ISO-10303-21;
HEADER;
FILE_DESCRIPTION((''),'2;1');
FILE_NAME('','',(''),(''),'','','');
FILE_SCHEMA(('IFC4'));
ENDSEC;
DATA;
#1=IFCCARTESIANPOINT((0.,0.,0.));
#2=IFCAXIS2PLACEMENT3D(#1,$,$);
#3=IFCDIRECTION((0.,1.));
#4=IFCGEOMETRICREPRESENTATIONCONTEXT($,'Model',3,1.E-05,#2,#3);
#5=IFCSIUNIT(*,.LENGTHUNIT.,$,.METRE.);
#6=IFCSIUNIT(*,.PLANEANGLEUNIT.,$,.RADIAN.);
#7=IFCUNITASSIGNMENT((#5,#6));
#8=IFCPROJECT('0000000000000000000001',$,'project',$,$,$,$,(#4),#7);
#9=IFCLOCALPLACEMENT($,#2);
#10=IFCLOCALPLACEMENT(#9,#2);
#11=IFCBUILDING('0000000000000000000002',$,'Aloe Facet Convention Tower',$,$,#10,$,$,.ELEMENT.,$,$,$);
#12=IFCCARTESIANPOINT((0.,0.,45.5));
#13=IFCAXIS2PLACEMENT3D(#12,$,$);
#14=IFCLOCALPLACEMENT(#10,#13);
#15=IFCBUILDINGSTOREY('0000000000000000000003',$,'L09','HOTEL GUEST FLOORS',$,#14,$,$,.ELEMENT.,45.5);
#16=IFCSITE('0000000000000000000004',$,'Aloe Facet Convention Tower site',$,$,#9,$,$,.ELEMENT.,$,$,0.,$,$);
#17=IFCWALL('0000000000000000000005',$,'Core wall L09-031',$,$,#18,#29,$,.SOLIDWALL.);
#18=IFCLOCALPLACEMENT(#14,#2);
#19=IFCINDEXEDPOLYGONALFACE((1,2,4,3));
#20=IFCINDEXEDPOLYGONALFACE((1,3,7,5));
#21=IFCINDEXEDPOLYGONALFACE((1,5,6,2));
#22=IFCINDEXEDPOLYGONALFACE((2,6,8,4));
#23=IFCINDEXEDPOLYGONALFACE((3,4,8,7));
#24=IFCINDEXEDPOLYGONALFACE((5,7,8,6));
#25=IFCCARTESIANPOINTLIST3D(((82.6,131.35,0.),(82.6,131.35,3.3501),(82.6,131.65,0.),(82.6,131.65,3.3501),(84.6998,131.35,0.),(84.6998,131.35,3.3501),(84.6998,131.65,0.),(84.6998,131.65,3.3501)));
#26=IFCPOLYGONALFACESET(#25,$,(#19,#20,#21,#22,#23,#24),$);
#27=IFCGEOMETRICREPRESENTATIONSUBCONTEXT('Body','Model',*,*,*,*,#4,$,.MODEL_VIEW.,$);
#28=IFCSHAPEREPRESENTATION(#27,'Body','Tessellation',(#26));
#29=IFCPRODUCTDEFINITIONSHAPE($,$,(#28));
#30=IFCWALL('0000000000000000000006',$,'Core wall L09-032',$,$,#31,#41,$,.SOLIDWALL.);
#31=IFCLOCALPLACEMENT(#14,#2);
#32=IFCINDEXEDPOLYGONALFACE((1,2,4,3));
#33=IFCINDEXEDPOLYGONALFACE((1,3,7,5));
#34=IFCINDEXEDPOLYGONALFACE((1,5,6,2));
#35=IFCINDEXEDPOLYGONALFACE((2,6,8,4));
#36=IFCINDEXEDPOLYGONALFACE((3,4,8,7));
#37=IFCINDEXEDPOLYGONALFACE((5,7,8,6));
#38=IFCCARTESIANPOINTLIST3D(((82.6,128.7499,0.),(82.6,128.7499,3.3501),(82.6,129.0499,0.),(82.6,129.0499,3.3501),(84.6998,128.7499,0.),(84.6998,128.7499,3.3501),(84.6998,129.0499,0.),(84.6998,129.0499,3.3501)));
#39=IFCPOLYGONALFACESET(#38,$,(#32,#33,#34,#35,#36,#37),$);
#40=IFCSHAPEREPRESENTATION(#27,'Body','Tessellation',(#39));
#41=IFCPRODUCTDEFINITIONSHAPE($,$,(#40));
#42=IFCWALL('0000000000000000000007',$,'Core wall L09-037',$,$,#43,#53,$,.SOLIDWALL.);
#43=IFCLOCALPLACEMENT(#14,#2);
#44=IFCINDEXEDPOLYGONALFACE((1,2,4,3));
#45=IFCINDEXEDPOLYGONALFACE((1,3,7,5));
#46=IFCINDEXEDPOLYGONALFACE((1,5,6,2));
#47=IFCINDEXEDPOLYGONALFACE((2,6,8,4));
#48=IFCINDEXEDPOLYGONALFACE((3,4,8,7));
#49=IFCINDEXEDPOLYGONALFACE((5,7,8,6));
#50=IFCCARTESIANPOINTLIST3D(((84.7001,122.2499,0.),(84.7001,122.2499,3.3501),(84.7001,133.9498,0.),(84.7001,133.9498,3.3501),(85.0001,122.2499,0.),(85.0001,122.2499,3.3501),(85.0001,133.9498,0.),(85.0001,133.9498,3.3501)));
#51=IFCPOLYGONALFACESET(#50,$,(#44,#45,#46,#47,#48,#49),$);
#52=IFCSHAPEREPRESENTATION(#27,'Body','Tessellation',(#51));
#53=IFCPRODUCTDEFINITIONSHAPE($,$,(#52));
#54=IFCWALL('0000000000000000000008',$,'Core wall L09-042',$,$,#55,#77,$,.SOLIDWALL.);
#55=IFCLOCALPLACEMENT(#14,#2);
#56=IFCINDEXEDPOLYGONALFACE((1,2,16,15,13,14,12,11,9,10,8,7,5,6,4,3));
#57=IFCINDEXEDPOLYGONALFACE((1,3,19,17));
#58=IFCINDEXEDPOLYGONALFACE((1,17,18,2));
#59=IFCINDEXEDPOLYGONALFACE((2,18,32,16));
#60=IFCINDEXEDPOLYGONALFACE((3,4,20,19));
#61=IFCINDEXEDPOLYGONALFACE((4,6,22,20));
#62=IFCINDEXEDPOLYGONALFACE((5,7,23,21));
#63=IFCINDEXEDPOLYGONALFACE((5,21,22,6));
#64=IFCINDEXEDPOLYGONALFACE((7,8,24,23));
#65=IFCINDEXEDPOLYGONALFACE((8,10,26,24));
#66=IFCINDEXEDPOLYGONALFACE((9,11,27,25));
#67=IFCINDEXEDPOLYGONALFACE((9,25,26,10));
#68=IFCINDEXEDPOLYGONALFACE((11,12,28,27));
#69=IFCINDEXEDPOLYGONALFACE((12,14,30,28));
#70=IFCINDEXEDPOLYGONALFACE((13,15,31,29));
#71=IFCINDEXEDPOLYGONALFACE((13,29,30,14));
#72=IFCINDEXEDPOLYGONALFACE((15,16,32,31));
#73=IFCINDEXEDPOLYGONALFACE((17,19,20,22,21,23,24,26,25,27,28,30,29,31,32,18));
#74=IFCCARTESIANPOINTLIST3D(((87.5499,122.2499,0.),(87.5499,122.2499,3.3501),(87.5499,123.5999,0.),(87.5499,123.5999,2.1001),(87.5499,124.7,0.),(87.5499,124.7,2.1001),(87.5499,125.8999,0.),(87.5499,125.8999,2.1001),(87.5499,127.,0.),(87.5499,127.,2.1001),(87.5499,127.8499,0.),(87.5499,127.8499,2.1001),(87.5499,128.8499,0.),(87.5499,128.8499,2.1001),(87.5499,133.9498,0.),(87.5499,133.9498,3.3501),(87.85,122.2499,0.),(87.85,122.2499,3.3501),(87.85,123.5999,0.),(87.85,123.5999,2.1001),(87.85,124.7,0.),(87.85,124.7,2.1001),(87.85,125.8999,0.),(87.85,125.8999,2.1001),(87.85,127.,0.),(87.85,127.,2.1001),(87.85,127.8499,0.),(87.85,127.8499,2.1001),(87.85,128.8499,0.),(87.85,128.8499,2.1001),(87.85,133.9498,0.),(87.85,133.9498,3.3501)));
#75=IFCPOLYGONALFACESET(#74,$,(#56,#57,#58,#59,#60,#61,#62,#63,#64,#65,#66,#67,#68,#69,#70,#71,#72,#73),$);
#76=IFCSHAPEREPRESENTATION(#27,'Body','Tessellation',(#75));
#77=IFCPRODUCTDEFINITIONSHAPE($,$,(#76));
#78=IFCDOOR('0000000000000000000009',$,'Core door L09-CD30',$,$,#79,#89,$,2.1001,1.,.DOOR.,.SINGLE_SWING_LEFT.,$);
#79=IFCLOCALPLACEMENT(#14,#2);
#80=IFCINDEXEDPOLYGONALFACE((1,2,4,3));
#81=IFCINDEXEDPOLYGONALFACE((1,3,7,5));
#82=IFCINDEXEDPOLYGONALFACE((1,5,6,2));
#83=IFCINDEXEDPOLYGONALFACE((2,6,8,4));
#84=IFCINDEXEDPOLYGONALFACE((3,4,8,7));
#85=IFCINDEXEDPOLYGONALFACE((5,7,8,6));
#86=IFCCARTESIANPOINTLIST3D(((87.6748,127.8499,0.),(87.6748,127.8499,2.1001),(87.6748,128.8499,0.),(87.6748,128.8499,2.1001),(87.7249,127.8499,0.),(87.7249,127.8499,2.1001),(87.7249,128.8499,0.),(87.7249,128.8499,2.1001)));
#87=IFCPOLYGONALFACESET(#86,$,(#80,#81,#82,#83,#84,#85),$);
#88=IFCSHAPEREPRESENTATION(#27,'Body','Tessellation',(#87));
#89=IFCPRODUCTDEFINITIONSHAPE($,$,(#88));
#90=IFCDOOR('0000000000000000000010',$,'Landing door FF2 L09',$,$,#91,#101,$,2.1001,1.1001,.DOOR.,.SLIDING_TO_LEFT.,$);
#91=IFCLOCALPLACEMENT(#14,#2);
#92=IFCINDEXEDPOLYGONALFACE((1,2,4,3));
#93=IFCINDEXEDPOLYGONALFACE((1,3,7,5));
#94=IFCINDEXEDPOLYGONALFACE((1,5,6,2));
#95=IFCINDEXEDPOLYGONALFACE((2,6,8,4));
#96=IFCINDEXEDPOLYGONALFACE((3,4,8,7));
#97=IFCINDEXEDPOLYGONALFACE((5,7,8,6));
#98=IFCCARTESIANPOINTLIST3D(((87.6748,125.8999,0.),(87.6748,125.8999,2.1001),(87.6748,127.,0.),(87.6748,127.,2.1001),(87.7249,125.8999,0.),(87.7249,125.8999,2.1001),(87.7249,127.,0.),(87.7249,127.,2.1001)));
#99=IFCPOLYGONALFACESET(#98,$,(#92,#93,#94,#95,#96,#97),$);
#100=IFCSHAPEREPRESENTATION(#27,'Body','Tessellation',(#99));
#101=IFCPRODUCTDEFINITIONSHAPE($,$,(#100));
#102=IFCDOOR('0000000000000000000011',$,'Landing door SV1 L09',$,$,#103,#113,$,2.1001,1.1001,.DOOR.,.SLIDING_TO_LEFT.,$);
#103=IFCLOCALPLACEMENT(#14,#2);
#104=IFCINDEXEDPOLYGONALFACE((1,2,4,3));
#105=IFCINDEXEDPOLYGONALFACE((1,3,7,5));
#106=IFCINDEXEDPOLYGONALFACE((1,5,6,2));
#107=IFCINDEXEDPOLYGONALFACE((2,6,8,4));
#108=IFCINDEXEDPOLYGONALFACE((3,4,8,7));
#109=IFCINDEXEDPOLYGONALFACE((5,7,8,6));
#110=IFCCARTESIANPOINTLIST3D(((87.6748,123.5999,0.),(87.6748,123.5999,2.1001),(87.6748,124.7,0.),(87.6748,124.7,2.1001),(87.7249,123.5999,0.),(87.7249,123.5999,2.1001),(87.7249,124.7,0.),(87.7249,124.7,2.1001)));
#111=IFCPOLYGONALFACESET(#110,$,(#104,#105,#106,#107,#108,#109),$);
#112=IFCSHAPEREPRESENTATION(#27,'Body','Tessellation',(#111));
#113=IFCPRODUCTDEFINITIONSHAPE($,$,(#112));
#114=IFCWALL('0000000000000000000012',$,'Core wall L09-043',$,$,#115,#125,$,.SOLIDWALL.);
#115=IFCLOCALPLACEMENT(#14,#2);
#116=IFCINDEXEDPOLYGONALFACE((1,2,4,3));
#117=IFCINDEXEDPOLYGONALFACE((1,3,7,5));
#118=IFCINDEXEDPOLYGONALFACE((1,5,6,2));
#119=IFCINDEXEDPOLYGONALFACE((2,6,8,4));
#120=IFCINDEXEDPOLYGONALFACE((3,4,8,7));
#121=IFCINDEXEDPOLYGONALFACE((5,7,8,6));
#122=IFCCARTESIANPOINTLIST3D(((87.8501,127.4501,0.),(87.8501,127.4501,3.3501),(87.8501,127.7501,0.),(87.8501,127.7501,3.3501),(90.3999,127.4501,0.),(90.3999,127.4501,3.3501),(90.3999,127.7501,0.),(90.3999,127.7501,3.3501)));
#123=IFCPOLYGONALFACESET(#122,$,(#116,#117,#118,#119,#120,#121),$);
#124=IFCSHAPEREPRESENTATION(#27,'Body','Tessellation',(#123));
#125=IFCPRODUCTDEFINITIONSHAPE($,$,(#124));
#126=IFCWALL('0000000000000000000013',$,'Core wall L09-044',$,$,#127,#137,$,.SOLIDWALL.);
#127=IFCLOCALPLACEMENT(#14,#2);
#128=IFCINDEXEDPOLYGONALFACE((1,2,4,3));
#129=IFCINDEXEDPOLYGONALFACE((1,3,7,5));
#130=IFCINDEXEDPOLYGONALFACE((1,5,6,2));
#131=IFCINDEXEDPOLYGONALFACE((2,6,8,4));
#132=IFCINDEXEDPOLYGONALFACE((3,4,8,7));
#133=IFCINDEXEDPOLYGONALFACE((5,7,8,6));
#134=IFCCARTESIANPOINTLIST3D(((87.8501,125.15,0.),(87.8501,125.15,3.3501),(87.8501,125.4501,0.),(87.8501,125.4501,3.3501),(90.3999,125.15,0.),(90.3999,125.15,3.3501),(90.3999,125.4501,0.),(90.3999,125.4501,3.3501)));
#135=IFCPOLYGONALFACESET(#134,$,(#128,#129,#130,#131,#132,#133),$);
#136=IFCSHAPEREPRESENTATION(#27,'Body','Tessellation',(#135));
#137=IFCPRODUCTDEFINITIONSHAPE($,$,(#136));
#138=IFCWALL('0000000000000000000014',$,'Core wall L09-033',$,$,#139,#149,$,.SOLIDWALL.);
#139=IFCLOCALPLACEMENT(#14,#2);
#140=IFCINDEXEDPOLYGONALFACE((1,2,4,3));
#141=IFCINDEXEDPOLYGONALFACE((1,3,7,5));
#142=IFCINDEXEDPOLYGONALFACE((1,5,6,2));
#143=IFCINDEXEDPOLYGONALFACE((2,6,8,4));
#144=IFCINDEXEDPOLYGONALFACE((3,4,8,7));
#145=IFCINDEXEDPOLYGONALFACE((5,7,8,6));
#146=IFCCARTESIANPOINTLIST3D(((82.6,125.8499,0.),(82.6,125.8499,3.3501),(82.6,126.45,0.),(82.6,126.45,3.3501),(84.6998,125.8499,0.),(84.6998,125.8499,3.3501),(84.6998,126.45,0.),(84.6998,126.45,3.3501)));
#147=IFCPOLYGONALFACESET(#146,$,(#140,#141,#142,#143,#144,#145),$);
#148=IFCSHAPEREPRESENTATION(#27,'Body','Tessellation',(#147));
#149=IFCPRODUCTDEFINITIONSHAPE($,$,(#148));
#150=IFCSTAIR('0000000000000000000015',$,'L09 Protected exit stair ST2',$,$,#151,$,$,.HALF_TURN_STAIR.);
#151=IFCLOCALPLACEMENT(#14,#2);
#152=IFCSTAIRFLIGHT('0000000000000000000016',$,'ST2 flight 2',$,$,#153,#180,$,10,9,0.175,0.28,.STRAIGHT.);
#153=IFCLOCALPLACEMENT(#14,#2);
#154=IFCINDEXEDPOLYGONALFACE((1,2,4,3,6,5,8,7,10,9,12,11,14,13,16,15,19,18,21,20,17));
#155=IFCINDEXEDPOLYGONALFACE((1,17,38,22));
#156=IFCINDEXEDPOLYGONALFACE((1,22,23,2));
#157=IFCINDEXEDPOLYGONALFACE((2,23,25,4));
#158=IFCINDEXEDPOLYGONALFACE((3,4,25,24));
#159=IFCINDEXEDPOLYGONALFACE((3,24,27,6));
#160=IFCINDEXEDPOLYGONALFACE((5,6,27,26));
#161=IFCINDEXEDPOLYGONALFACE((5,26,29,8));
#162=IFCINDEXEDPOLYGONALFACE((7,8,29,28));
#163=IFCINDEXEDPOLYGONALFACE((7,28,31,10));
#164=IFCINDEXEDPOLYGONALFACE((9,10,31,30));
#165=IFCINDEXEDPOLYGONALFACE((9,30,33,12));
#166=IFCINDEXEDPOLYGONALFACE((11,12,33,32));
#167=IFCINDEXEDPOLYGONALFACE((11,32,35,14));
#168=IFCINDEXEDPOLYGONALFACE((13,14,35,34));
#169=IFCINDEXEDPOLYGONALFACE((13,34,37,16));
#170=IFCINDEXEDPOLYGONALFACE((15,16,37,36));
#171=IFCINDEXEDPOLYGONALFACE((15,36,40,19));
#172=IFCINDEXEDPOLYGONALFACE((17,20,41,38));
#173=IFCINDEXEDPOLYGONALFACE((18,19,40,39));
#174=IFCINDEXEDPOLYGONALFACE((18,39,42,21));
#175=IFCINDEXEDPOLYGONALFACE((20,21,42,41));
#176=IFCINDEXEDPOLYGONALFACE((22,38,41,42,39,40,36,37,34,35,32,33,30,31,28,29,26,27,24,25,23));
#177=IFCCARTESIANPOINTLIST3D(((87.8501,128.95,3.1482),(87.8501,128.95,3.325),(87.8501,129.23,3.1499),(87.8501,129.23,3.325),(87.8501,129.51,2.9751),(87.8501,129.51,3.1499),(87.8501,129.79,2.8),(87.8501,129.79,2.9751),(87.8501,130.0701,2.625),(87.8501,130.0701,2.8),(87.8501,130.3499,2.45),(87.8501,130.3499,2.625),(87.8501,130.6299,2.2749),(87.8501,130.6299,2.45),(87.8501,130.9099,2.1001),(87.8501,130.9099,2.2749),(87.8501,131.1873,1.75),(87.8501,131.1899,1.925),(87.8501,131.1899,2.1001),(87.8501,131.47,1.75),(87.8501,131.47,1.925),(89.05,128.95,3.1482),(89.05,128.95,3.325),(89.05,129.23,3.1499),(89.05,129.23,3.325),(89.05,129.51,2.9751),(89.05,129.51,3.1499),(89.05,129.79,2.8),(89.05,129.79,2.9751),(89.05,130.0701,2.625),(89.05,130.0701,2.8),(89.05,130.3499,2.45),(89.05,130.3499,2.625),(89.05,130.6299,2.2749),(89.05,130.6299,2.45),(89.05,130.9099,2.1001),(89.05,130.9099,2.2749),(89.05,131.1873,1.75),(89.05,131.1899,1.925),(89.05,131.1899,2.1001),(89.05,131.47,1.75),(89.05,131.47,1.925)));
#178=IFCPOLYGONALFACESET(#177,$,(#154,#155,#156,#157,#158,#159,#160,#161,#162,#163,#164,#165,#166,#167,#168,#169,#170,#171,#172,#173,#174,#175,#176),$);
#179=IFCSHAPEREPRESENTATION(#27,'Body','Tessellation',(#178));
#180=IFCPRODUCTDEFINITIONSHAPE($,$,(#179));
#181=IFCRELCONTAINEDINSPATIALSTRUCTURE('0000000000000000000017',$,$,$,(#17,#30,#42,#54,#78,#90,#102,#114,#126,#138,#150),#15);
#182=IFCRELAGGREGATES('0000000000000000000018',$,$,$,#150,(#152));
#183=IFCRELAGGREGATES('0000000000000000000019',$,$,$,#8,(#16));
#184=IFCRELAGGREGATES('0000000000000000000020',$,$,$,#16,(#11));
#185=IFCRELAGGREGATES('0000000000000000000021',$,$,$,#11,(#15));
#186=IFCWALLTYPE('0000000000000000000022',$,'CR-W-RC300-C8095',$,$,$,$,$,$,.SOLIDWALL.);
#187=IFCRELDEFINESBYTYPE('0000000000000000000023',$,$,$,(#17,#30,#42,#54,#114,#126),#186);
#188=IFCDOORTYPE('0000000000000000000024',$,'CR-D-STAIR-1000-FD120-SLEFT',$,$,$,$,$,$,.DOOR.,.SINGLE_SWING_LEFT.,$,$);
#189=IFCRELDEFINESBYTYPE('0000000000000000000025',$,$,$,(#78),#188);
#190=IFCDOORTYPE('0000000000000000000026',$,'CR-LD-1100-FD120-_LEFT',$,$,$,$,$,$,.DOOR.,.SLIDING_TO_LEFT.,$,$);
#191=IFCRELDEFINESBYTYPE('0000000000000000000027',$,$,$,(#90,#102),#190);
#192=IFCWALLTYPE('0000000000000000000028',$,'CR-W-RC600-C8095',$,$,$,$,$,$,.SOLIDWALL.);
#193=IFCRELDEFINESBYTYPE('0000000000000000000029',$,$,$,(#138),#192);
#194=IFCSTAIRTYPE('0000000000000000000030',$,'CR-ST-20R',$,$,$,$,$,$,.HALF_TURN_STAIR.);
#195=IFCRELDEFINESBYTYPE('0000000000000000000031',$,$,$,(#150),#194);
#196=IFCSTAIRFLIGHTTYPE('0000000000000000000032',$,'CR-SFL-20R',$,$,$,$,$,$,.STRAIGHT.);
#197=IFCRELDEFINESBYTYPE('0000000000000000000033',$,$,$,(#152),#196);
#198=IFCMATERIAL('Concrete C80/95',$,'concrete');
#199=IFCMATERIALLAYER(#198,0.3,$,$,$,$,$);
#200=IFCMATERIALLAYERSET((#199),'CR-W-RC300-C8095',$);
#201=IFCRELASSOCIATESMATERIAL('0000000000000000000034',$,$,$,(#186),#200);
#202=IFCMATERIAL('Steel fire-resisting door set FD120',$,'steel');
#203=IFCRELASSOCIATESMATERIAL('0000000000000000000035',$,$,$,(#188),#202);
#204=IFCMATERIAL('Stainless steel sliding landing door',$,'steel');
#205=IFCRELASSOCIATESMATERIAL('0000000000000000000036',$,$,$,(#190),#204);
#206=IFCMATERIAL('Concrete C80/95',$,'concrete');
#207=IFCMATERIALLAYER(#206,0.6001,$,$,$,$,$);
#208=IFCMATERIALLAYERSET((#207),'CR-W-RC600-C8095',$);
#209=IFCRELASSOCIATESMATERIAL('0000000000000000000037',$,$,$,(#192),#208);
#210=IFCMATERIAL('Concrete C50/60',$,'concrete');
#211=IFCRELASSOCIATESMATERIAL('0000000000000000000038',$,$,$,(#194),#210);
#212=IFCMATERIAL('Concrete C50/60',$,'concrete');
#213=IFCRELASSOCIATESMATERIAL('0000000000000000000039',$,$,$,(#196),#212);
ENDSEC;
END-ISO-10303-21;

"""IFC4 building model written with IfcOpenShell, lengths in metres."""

from ifc_helpers import new_model, si_unit, direction, frame, frame_2d, origin, place, context, subcontext, project, spatial, polyline, rectangle, outline, extrude, material, layer, layer_set, type_object, element, fill, aggregate, save


model = new_model("IFC4")

# Units and contexts
model_context = context("Model", 3, precision=1e-05, world=origin(), true_north=direction((0.0, 1.0)))
body_context = subcontext(model_context, "Body", "Model", "MODEL_VIEW")
ifc_project = project(units=[si_unit("LENGTHUNIT", "METRE"), si_unit("PLANEANGLEUNIT", "RADIAN")], contexts=[model_context])

# Site, building, storey
site_placement = place(None, origin())
site = spatial("IfcSite", under=ifc_project, at=site_placement, Name="Aloe Facet Convention Tower site", CompositionType="ELEMENT", RefElevation=0.0)
building_placement = place(site_placement, origin())
building = spatial("IfcBuilding", under=site, at=building_placement, Name="Aloe Facet Convention Tower", CompositionType="ELEMENT")
storey_placement = place(building_placement, frame((0.0, 0.0, 45.5)))
storey = spatial("IfcBuildingStorey", under=building, at=storey_placement, Name="L09", Description="HOTEL GUEST FLOORS", CompositionType="ELEMENT", Elevation=45.5)

# Shared definitions
ifc_material_1 = material(Name="Concrete C80/95", Category="concrete")
ifc_layer_1 = layer(ifc_material_1, 0.3)
ifc_layer_set_1 = layer_set([ifc_layer_1], Name="CR-W-RC300-C8095")
wall_type_1 = type_object("IfcWallType", Name="CR-W-RC300-C8095", PredefinedType="SOLIDWALL", material=ifc_layer_set_1)
ifc_material_2 = material(Name="Steel fire-resisting door set FD120", Category="steel")
door_type_1 = type_object("IfcDoorType", Name="CR-D-STAIR-1000-FD120-SLEFT", OperationType="SINGLE_SWING_LEFT", PredefinedType="DOOR", material=ifc_material_2)

# Walls
for number, where, z_axis, x_axis, name in (
    (1, (82.6001, 131.5, 0.0), (0.0, 0.0, 1.0), (1.0, 0.0, 0.0), "Core wall L09-031"),
    (2, (82.6001, 128.8999, 0.0), (0.0, 0.0, 1.0), (1.0, 0.0, 0.0), "Core wall L09-032"),
):
    element("IfcWall", number, at=place(storey_placement, frame(where, z_axis=z_axis, x_axis=x_axis)), inside=storey, type_object=wall_type_1, Name=name, PredefinedType="SOLIDWALL", context=body_context, shape_type="SweptSolid", body=[
        extrude(rectangle(XDim=2.0999, YDim=0.3, at=frame_2d((1.0498, 0.0))), origin(), (0.0, 0.0, 1.0), 3.3501),
    ])
wall_1_placement = place(storey_placement, frame((84.8501, 133.95, 0.0), z_axis=(0.0, 0.0, 1.0), x_axis=(0.0, -1.0, 0.0)))
element("IfcWall", 3, at=wall_1_placement, inside=storey, type_object=wall_type_1, Name="Core wall L09-037", PredefinedType="SOLIDWALL", context=body_context, shape_type="SweptSolid", body=[
    extrude(rectangle(XDim=11.7, YDim=0.3, at=frame_2d((5.8501, 0.0))), origin(), (0.0, 0.0, 1.0), 3.3501),
])

# Wall, openings, doors
wall_2_placement = place(storey_placement, frame((87.7, 133.95, 0.0), z_axis=(0.0, 0.0, 1.0), x_axis=(0.0, -1.0, 0.0)))
wall_2 = element("IfcWall", 4, at=wall_2_placement, inside=storey, type_object=wall_type_1, Name="Core wall L09-042", PredefinedType="SOLIDWALL", context=body_context, shape_type="SweptSolid", body=[
    extrude(rectangle(XDim=11.7, YDim=0.3, at=frame_2d((5.8501, 0.0))), origin(), (0.0, 0.0, 1.0), 3.3501),
])
opening_1_placement = place(wall_2_placement, frame((6.95, 0.0, 0.0)))
opening_1 = element("IfcOpeningElement", 5, at=opening_1_placement, cuts=wall_2, PredefinedType="OPENING", context=body_context, shape_type="SweptSolid", body=[
    extrude(rectangle(XDim=1.1001, YDim=2.1001, at=frame_2d((0.55, 1.05))), frame((0.0, 0.1602, 0.0), z_axis=(0.0, -1.0, 0.0), x_axis=(1.0, 0.0, 0.0)), (0.0, 0.0, 1.0), 0.3201),
])
opening_2_placement = place(wall_2_placement, frame((5.1001, 0.0, 0.0)))
opening_2 = element("IfcOpeningElement", 6, at=opening_2_placement, cuts=wall_2, PredefinedType="OPENING", context=body_context, shape_type="SweptSolid", body=[
    extrude(rectangle(XDim=1.0, YDim=2.1001, at=frame_2d((0.5, 1.05))), frame((0.0, 0.1602, 0.0), z_axis=(0.0, -1.0, 0.0), x_axis=(1.0, 0.0, 0.0)), (0.0, 0.0, 1.0), 0.3201),
])
opening_3_placement = place(wall_2_placement, frame((9.25, 0.0, 0.0)))
opening_3 = element("IfcOpeningElement", 7, at=opening_3_placement, cuts=wall_2, PredefinedType="OPENING", context=body_context, shape_type="SweptSolid", body=[
    extrude(rectangle(XDim=1.1001, YDim=2.1001, at=frame_2d((0.55, 1.05))), frame((0.0, 0.1602, 0.0), z_axis=(0.0, -1.0, 0.0), x_axis=(1.0, 0.0, 0.0)), (0.0, 0.0, 1.0), 0.3201),
])
door_1_placement = place(opening_2_placement, origin())
door_1 = element("IfcDoor", 8, at=door_1_placement, inside=storey, type_object=door_type_1, Name="Core door L09-CD30", OperationType="SINGLE_SWING_LEFT", OverallHeight=2.1001, OverallWidth=1.0, PredefinedType="DOOR", context=body_context, shape_type="SweptSolid", body=[
    extrude(rectangle(XDim=1.0, YDim=2.1001, at=frame_2d((0.5, 1.05))), frame((0.0, 0.0249, 0.0), z_axis=(0.0, -1.0, 0.0), x_axis=(1.0, 0.0, 0.0)), (0.0, 0.0, 1.0), 0.05),
])
fill(opening_2, door_1)
ifc_material_3 = material(Name="Stainless steel sliding landing door", Category="steel")
door_type_2 = type_object("IfcDoorType", Name="CR-LD-1100-FD120-_LEFT", OperationType="SLIDING_TO_LEFT", PredefinedType="DOOR", material=ifc_material_3)
door_2_placement = place(opening_1_placement, origin())
door_2 = element("IfcDoor", 9, at=door_2_placement, inside=storey, type_object=door_type_2, Name="Landing door FF2 L09", OperationType="SLIDING_TO_LEFT", OverallHeight=2.1001, OverallWidth=1.1001, PredefinedType="DOOR", context=body_context, shape_type="SweptSolid", body=[
    extrude(rectangle(XDim=1.1001, YDim=2.1001, at=frame_2d((0.55, 1.05))), frame((0.0, 0.0249, 0.0), z_axis=(0.0, -1.0, 0.0), x_axis=(1.0, 0.0, 0.0)), (0.0, 0.0, 1.0), 0.05),
])
fill(opening_1, door_2)
door_3_placement = place(opening_3_placement, origin())
door_3 = element("IfcDoor", 10, at=door_3_placement, inside=storey, type_object=door_type_2, Name="Landing door SV1 L09", OperationType="SLIDING_TO_LEFT", OverallHeight=2.1001, OverallWidth=1.1001, PredefinedType="DOOR", context=body_context, shape_type="SweptSolid", body=[
    extrude(rectangle(XDim=1.1001, YDim=2.1001, at=frame_2d((0.55, 1.05))), frame((0.0, 0.0249, 0.0), z_axis=(0.0, -1.0, 0.0), x_axis=(1.0, 0.0, 0.0)), (0.0, 0.0, 1.0), 0.05),
])
fill(opening_3, door_3)

# Walls
for number, where, z_axis, x_axis, name in (
    (11, (87.8501, 127.6001, 0.0), (0.0, 0.0, 1.0), (1.0, 0.0, 0.0), "Core wall L09-043"),
    (12, (87.8501, 125.3, 0.0), (0.0, 0.0, 1.0), (1.0, 0.0, 0.0), "Core wall L09-044"),
):
    element("IfcWall", number, at=place(storey_placement, frame(where, z_axis=z_axis, x_axis=x_axis)), inside=storey, type_object=wall_type_1, Name=name, PredefinedType="SOLIDWALL", context=body_context, shape_type="SweptSolid", body=[
        extrude(rectangle(XDim=2.5498, YDim=0.3, at=frame_2d((1.2749, 0.0))), origin(), (0.0, 0.0, 1.0), 3.3501),
    ])
ifc_material_4 = material(Name="Concrete C80/95", Category="concrete")
ifc_layer_2 = layer(ifc_material_4, 0.6001)
ifc_layer_set_2 = layer_set([ifc_layer_2], Name="CR-W-RC600-C8095")
wall_type_2 = type_object("IfcWallType", Name="CR-W-RC600-C8095", PredefinedType="SOLIDWALL", material=ifc_layer_set_2)
wall_3_placement = place(storey_placement, frame((82.6001, 126.1499, 0.0), z_axis=(0.0, 0.0, 1.0), x_axis=(1.0, 0.0, 0.0)))
element("IfcWall", 13, at=wall_3_placement, inside=storey, type_object=wall_type_2, Name="Core wall L09-033", PredefinedType="SOLIDWALL", context=body_context, shape_type="SweptSolid", body=[
    extrude(rectangle(XDim=2.0999, YDim=0.6001, at=frame_2d((1.0498, 0.0))), origin(), (0.0, 0.0, 1.0), 3.3501),
])

# Stair, stair flight
ifc_material_5 = material(Name="Concrete C50/60", Category="concrete")
stair_type = type_object("IfcStairType", Name="CR-ST-20R", PredefinedType="HALF_TURN_STAIR", material=ifc_material_5)
stair_placement = place(storey_placement, origin())
stair = element("IfcStair", 14, at=stair_placement, inside=storey, type_object=stair_type, Name="L09 Protected exit stair ST2", PredefinedType="HALF_TURN_STAIR")
ifc_material_6 = material(Name="Concrete C50/60", Category="concrete")
stair_flight_type = type_object("IfcStairFlightType", Name="CR-SFL-20R", PredefinedType="STRAIGHT", material=ifc_material_6)
stair_flight_placement = place(storey_placement, frame((88.45, 131.47, 1.75), z_axis=(0.0, 0.0, 1.0), x_axis=(0.0, -1.0, 0.0)))
stair_flight = element("IfcStairFlight", 15, at=stair_flight_placement, type_object=stair_flight_type, Name="ST2 flight 2", NumberOfRisers=10, NumberOfTreads=9, PredefinedType="STRAIGHT", RiserHeight=0.175, TreadLength=0.28, context=body_context, shape_type="SweptSolid", body=[
    extrude(outline(polyline([(0.0, 0.0), (0.0, 0.175), (0.28, 0.175), (0.28, 0.3501), (0.5601, 0.3501), (0.5601, 0.5249), (0.8401, 0.5249), (0.8401, 0.7), (1.1201, 0.7), (1.1201, 0.875), (1.3999, 0.875), (1.3999, 1.05), (1.6799, 1.05), (1.6799, 1.2251), (1.96, 1.2251), (1.96, 1.3999), (2.24, 1.3999), (2.24, 1.575), (2.52, 1.575), (2.52, 1.75), (2.52, 1.3982), (0.2827, 0.0), (0.0, 0.0)])), frame((0.0, 0.6001, 0.0), z_axis=(0.0, -1.0, 0.0), x_axis=(1.0, 0.0, 0.0)), (0.0, 0.0, 1.0), 1.2),
])
aggregate(stair, [stair_flight])

save(model, "model.ifc")
